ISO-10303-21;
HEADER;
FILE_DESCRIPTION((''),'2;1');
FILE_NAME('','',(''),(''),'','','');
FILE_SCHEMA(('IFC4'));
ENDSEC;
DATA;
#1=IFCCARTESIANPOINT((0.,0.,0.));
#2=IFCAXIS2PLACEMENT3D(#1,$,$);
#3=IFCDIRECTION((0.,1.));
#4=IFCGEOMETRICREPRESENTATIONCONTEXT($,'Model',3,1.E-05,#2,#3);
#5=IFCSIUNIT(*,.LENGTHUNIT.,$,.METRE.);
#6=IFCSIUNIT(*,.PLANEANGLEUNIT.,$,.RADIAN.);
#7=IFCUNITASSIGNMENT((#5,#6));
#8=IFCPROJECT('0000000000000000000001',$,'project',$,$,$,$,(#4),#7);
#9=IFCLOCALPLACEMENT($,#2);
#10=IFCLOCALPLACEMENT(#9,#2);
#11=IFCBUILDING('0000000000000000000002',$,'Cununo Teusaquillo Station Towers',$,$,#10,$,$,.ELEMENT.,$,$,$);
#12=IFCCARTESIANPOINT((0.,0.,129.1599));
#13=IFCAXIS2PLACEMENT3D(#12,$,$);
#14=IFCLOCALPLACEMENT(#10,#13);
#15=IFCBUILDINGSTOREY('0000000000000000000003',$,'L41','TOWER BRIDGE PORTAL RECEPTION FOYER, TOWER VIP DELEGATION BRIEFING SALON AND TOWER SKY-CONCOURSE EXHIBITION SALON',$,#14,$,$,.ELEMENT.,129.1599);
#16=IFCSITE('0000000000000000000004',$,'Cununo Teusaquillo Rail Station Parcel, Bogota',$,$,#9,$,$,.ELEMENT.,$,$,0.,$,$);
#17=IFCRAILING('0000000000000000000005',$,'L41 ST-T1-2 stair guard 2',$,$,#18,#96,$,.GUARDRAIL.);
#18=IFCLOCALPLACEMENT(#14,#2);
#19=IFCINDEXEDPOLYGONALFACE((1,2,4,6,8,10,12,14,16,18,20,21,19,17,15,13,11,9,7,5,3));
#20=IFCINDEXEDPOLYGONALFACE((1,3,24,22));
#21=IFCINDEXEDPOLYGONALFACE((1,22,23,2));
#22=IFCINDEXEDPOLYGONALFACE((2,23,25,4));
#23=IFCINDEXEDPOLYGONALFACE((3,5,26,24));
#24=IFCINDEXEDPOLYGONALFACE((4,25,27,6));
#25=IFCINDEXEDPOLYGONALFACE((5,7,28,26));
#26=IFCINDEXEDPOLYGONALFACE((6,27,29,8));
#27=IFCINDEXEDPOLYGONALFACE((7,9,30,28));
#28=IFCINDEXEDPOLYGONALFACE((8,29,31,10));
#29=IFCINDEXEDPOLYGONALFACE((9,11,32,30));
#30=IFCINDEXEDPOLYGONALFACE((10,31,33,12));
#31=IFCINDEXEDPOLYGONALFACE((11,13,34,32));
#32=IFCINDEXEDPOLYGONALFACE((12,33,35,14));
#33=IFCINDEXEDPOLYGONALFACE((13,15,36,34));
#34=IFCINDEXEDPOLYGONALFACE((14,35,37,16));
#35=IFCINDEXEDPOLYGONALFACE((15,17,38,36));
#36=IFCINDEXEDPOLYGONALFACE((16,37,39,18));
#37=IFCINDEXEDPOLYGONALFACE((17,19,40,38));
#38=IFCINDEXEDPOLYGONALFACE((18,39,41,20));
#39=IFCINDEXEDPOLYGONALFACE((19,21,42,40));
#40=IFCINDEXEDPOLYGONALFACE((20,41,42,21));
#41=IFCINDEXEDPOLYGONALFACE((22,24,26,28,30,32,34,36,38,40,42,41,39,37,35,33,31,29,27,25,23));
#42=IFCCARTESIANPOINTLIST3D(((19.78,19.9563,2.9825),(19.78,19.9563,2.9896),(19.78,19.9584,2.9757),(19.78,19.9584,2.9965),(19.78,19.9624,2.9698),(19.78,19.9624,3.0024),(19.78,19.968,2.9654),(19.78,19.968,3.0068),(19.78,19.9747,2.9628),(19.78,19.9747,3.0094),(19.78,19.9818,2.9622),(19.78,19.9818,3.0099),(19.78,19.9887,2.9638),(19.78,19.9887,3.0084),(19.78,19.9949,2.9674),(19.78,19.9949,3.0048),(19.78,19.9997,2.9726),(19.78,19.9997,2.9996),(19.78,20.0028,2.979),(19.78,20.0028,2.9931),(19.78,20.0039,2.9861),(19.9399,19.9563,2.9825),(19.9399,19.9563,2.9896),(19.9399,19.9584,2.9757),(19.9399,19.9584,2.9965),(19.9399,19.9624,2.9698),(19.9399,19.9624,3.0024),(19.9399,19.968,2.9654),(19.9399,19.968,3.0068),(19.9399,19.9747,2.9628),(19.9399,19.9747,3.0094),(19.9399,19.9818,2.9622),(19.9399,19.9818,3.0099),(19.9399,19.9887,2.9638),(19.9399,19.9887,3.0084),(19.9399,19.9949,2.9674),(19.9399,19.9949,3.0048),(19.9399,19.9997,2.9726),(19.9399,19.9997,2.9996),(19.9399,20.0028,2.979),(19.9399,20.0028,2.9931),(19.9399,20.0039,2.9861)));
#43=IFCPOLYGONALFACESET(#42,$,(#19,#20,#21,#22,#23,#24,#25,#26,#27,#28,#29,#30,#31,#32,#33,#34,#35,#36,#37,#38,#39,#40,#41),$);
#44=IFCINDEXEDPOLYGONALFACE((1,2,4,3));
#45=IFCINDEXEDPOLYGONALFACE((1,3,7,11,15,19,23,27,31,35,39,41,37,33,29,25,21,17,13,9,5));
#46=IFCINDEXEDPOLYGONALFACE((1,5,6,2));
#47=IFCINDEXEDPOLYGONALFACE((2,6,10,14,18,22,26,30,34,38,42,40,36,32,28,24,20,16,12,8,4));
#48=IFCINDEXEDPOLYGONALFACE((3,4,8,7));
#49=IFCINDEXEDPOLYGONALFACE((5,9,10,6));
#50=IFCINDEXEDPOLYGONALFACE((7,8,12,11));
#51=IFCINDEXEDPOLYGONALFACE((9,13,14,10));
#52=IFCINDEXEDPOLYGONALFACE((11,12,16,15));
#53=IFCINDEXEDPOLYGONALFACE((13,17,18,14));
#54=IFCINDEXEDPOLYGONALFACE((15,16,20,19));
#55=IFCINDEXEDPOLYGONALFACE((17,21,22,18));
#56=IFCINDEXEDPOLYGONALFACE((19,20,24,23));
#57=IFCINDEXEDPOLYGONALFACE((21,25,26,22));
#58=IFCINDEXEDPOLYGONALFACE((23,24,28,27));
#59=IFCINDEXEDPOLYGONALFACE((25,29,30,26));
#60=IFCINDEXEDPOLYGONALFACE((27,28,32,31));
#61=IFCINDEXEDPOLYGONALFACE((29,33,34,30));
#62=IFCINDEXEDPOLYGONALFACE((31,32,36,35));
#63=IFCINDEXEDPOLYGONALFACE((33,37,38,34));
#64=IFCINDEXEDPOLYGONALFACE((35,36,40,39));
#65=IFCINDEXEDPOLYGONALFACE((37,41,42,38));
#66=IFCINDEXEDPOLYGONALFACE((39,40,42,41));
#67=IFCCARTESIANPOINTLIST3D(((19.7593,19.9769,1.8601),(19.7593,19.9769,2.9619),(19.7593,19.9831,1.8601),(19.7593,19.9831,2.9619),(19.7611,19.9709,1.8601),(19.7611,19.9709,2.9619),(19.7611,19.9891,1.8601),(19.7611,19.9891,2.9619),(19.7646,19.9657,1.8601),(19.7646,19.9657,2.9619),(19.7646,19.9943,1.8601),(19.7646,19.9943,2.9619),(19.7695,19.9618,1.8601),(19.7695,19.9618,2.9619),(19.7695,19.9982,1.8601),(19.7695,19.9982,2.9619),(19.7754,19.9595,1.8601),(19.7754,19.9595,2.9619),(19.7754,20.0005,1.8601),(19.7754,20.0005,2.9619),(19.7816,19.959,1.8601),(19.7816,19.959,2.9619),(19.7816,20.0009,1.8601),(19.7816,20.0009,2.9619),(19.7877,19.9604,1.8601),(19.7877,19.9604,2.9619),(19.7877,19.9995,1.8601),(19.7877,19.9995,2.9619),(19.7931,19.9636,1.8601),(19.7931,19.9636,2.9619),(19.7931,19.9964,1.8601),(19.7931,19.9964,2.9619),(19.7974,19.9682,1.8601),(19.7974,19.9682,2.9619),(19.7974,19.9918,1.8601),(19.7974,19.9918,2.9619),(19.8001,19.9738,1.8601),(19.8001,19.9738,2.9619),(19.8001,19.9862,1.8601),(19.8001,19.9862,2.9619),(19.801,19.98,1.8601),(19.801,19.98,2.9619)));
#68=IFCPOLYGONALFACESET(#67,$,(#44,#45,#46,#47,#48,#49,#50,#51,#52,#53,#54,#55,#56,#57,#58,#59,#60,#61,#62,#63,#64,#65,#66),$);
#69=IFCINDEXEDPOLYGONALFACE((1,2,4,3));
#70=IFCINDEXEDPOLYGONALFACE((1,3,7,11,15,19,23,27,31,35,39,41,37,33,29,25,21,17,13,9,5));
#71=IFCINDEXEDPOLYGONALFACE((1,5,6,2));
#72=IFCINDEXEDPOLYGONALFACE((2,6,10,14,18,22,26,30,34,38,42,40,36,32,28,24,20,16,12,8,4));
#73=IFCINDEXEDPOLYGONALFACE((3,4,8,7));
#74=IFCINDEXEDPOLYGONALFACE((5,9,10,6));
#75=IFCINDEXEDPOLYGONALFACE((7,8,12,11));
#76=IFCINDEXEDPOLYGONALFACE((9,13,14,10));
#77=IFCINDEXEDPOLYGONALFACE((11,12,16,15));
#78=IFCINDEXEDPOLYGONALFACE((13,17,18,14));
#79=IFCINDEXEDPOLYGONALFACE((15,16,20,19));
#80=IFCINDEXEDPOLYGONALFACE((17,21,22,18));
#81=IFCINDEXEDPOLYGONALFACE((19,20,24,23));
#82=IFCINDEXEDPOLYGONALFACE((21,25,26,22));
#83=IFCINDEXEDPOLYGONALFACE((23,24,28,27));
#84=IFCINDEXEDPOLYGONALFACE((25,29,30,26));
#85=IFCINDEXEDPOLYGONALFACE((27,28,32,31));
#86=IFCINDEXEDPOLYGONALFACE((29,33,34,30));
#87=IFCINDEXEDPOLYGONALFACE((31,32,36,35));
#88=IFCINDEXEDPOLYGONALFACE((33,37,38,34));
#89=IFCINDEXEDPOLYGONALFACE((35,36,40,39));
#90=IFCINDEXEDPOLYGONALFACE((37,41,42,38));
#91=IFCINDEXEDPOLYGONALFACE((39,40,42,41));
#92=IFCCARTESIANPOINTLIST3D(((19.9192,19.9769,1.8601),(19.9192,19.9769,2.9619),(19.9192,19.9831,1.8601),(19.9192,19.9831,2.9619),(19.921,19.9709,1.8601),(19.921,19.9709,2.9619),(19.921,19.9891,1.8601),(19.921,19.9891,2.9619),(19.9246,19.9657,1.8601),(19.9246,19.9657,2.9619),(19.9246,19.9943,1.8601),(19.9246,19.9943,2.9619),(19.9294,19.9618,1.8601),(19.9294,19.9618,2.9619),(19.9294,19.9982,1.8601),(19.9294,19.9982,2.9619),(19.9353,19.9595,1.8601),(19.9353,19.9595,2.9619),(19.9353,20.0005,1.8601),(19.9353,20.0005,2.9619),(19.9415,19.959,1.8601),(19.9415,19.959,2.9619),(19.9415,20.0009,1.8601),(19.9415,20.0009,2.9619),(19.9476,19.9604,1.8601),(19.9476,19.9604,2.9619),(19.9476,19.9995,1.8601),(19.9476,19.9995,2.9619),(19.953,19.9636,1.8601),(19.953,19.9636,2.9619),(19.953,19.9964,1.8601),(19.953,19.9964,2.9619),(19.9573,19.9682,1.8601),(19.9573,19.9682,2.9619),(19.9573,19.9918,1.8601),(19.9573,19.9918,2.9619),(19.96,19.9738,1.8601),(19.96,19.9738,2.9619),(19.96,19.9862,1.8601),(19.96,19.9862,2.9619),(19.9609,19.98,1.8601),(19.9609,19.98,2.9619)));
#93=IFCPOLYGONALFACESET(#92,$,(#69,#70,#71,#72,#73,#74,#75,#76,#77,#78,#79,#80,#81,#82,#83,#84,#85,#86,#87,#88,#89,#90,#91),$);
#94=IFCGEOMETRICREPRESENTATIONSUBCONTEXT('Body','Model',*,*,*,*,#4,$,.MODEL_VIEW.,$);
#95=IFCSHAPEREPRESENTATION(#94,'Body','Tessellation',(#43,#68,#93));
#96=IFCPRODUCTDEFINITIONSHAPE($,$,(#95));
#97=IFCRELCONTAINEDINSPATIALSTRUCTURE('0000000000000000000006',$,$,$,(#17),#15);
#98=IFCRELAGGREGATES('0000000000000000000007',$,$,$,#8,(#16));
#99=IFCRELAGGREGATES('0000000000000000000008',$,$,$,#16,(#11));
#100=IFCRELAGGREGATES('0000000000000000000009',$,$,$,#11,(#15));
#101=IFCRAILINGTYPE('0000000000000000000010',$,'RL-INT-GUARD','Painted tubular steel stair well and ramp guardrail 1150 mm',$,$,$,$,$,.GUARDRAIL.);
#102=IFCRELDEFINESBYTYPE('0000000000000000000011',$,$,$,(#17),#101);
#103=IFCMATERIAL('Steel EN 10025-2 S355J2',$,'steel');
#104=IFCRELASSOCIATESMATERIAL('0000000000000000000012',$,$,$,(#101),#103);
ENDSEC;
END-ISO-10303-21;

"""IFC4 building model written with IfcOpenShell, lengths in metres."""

from ifc_helpers import new_model, si_unit, direction, frame, origin, origin_2d, place, context, subcontext, project, spatial, circle, extrude, material, type_object, element, save


model = new_model("IFC4")

# Units and contexts
model_context = context("Model", 3, precision=1e-05, world=origin(), true_north=direction((0.0, 1.0)))
body_context = subcontext(model_context, "Body", "Model", "MODEL_VIEW")
ifc_project = project(units=[si_unit("LENGTHUNIT", "METRE"), si_unit("PLANEANGLEUNIT", "RADIAN")], contexts=[model_context])

# Site, building, storey
site_placement = place(None, origin())
site = spatial("IfcSite", under=ifc_project, at=site_placement, Name="Cununo Teusaquillo Rail Station Parcel, Bogota", CompositionType="ELEMENT", RefElevation=0.0)
building_placement = place(site_placement, origin())
building = spatial("IfcBuilding", under=site, at=building_placement, Name="Cununo Teusaquillo Station Towers", CompositionType="ELEMENT")
storey_placement = place(building_placement, frame((0.0, 0.0, 129.1599)))
storey = spatial("IfcBuildingStorey", under=building, at=storey_placement, Name="L41", Description="TOWER BRIDGE PORTAL RECEPTION FOYER, TOWER VIP DELEGATION BRIEFING SALON AND TOWER SKY-CONCOURSE EXHIBITION SALON", CompositionType="ELEMENT", Elevation=129.1599)

# Railing
ifc_material_1 = material(Name="Steel EN 10025-2 S355J2", Category="steel")
railing_type_1 = type_object("IfcRailingType", Name="RL-INT-GUARD", Description="Painted tubular steel stair well and ramp guardrail 1150 mm", PredefinedType="GUARDRAIL", material=ifc_material_1)
railing_1_placement = place(storey_placement, frame((19.78, 19.98, 1.8601)))
element("IfcRailing", 1, at=railing_1_placement, inside=storey, type_object=railing_type_1, Name="L41 ST-T1-2 stair guard 2", PredefinedType="GUARDRAIL", context=body_context, shape_type="SweptSolid", body=[
    extrude(circle(Radius=0.0239, at=origin_2d()), frame((0.0, 0.0, 1.126), z_axis=(1.0, 0.0, 0.0), x_axis=(0.0, 1.0, 0.0)), (0.0, 0.0, 1.0), 0.1599),
    extrude(circle(Radius=0.021, at=origin_2d()), origin(), (0.0, 0.0, 1.0), 1.1018),
    extrude(circle(Radius=0.021, at=origin_2d()), frame((0.1599, 0.0, 0.0)), (0.0, 0.0, 1.0), 1.1018),
])

save(model, "model.ifc")
